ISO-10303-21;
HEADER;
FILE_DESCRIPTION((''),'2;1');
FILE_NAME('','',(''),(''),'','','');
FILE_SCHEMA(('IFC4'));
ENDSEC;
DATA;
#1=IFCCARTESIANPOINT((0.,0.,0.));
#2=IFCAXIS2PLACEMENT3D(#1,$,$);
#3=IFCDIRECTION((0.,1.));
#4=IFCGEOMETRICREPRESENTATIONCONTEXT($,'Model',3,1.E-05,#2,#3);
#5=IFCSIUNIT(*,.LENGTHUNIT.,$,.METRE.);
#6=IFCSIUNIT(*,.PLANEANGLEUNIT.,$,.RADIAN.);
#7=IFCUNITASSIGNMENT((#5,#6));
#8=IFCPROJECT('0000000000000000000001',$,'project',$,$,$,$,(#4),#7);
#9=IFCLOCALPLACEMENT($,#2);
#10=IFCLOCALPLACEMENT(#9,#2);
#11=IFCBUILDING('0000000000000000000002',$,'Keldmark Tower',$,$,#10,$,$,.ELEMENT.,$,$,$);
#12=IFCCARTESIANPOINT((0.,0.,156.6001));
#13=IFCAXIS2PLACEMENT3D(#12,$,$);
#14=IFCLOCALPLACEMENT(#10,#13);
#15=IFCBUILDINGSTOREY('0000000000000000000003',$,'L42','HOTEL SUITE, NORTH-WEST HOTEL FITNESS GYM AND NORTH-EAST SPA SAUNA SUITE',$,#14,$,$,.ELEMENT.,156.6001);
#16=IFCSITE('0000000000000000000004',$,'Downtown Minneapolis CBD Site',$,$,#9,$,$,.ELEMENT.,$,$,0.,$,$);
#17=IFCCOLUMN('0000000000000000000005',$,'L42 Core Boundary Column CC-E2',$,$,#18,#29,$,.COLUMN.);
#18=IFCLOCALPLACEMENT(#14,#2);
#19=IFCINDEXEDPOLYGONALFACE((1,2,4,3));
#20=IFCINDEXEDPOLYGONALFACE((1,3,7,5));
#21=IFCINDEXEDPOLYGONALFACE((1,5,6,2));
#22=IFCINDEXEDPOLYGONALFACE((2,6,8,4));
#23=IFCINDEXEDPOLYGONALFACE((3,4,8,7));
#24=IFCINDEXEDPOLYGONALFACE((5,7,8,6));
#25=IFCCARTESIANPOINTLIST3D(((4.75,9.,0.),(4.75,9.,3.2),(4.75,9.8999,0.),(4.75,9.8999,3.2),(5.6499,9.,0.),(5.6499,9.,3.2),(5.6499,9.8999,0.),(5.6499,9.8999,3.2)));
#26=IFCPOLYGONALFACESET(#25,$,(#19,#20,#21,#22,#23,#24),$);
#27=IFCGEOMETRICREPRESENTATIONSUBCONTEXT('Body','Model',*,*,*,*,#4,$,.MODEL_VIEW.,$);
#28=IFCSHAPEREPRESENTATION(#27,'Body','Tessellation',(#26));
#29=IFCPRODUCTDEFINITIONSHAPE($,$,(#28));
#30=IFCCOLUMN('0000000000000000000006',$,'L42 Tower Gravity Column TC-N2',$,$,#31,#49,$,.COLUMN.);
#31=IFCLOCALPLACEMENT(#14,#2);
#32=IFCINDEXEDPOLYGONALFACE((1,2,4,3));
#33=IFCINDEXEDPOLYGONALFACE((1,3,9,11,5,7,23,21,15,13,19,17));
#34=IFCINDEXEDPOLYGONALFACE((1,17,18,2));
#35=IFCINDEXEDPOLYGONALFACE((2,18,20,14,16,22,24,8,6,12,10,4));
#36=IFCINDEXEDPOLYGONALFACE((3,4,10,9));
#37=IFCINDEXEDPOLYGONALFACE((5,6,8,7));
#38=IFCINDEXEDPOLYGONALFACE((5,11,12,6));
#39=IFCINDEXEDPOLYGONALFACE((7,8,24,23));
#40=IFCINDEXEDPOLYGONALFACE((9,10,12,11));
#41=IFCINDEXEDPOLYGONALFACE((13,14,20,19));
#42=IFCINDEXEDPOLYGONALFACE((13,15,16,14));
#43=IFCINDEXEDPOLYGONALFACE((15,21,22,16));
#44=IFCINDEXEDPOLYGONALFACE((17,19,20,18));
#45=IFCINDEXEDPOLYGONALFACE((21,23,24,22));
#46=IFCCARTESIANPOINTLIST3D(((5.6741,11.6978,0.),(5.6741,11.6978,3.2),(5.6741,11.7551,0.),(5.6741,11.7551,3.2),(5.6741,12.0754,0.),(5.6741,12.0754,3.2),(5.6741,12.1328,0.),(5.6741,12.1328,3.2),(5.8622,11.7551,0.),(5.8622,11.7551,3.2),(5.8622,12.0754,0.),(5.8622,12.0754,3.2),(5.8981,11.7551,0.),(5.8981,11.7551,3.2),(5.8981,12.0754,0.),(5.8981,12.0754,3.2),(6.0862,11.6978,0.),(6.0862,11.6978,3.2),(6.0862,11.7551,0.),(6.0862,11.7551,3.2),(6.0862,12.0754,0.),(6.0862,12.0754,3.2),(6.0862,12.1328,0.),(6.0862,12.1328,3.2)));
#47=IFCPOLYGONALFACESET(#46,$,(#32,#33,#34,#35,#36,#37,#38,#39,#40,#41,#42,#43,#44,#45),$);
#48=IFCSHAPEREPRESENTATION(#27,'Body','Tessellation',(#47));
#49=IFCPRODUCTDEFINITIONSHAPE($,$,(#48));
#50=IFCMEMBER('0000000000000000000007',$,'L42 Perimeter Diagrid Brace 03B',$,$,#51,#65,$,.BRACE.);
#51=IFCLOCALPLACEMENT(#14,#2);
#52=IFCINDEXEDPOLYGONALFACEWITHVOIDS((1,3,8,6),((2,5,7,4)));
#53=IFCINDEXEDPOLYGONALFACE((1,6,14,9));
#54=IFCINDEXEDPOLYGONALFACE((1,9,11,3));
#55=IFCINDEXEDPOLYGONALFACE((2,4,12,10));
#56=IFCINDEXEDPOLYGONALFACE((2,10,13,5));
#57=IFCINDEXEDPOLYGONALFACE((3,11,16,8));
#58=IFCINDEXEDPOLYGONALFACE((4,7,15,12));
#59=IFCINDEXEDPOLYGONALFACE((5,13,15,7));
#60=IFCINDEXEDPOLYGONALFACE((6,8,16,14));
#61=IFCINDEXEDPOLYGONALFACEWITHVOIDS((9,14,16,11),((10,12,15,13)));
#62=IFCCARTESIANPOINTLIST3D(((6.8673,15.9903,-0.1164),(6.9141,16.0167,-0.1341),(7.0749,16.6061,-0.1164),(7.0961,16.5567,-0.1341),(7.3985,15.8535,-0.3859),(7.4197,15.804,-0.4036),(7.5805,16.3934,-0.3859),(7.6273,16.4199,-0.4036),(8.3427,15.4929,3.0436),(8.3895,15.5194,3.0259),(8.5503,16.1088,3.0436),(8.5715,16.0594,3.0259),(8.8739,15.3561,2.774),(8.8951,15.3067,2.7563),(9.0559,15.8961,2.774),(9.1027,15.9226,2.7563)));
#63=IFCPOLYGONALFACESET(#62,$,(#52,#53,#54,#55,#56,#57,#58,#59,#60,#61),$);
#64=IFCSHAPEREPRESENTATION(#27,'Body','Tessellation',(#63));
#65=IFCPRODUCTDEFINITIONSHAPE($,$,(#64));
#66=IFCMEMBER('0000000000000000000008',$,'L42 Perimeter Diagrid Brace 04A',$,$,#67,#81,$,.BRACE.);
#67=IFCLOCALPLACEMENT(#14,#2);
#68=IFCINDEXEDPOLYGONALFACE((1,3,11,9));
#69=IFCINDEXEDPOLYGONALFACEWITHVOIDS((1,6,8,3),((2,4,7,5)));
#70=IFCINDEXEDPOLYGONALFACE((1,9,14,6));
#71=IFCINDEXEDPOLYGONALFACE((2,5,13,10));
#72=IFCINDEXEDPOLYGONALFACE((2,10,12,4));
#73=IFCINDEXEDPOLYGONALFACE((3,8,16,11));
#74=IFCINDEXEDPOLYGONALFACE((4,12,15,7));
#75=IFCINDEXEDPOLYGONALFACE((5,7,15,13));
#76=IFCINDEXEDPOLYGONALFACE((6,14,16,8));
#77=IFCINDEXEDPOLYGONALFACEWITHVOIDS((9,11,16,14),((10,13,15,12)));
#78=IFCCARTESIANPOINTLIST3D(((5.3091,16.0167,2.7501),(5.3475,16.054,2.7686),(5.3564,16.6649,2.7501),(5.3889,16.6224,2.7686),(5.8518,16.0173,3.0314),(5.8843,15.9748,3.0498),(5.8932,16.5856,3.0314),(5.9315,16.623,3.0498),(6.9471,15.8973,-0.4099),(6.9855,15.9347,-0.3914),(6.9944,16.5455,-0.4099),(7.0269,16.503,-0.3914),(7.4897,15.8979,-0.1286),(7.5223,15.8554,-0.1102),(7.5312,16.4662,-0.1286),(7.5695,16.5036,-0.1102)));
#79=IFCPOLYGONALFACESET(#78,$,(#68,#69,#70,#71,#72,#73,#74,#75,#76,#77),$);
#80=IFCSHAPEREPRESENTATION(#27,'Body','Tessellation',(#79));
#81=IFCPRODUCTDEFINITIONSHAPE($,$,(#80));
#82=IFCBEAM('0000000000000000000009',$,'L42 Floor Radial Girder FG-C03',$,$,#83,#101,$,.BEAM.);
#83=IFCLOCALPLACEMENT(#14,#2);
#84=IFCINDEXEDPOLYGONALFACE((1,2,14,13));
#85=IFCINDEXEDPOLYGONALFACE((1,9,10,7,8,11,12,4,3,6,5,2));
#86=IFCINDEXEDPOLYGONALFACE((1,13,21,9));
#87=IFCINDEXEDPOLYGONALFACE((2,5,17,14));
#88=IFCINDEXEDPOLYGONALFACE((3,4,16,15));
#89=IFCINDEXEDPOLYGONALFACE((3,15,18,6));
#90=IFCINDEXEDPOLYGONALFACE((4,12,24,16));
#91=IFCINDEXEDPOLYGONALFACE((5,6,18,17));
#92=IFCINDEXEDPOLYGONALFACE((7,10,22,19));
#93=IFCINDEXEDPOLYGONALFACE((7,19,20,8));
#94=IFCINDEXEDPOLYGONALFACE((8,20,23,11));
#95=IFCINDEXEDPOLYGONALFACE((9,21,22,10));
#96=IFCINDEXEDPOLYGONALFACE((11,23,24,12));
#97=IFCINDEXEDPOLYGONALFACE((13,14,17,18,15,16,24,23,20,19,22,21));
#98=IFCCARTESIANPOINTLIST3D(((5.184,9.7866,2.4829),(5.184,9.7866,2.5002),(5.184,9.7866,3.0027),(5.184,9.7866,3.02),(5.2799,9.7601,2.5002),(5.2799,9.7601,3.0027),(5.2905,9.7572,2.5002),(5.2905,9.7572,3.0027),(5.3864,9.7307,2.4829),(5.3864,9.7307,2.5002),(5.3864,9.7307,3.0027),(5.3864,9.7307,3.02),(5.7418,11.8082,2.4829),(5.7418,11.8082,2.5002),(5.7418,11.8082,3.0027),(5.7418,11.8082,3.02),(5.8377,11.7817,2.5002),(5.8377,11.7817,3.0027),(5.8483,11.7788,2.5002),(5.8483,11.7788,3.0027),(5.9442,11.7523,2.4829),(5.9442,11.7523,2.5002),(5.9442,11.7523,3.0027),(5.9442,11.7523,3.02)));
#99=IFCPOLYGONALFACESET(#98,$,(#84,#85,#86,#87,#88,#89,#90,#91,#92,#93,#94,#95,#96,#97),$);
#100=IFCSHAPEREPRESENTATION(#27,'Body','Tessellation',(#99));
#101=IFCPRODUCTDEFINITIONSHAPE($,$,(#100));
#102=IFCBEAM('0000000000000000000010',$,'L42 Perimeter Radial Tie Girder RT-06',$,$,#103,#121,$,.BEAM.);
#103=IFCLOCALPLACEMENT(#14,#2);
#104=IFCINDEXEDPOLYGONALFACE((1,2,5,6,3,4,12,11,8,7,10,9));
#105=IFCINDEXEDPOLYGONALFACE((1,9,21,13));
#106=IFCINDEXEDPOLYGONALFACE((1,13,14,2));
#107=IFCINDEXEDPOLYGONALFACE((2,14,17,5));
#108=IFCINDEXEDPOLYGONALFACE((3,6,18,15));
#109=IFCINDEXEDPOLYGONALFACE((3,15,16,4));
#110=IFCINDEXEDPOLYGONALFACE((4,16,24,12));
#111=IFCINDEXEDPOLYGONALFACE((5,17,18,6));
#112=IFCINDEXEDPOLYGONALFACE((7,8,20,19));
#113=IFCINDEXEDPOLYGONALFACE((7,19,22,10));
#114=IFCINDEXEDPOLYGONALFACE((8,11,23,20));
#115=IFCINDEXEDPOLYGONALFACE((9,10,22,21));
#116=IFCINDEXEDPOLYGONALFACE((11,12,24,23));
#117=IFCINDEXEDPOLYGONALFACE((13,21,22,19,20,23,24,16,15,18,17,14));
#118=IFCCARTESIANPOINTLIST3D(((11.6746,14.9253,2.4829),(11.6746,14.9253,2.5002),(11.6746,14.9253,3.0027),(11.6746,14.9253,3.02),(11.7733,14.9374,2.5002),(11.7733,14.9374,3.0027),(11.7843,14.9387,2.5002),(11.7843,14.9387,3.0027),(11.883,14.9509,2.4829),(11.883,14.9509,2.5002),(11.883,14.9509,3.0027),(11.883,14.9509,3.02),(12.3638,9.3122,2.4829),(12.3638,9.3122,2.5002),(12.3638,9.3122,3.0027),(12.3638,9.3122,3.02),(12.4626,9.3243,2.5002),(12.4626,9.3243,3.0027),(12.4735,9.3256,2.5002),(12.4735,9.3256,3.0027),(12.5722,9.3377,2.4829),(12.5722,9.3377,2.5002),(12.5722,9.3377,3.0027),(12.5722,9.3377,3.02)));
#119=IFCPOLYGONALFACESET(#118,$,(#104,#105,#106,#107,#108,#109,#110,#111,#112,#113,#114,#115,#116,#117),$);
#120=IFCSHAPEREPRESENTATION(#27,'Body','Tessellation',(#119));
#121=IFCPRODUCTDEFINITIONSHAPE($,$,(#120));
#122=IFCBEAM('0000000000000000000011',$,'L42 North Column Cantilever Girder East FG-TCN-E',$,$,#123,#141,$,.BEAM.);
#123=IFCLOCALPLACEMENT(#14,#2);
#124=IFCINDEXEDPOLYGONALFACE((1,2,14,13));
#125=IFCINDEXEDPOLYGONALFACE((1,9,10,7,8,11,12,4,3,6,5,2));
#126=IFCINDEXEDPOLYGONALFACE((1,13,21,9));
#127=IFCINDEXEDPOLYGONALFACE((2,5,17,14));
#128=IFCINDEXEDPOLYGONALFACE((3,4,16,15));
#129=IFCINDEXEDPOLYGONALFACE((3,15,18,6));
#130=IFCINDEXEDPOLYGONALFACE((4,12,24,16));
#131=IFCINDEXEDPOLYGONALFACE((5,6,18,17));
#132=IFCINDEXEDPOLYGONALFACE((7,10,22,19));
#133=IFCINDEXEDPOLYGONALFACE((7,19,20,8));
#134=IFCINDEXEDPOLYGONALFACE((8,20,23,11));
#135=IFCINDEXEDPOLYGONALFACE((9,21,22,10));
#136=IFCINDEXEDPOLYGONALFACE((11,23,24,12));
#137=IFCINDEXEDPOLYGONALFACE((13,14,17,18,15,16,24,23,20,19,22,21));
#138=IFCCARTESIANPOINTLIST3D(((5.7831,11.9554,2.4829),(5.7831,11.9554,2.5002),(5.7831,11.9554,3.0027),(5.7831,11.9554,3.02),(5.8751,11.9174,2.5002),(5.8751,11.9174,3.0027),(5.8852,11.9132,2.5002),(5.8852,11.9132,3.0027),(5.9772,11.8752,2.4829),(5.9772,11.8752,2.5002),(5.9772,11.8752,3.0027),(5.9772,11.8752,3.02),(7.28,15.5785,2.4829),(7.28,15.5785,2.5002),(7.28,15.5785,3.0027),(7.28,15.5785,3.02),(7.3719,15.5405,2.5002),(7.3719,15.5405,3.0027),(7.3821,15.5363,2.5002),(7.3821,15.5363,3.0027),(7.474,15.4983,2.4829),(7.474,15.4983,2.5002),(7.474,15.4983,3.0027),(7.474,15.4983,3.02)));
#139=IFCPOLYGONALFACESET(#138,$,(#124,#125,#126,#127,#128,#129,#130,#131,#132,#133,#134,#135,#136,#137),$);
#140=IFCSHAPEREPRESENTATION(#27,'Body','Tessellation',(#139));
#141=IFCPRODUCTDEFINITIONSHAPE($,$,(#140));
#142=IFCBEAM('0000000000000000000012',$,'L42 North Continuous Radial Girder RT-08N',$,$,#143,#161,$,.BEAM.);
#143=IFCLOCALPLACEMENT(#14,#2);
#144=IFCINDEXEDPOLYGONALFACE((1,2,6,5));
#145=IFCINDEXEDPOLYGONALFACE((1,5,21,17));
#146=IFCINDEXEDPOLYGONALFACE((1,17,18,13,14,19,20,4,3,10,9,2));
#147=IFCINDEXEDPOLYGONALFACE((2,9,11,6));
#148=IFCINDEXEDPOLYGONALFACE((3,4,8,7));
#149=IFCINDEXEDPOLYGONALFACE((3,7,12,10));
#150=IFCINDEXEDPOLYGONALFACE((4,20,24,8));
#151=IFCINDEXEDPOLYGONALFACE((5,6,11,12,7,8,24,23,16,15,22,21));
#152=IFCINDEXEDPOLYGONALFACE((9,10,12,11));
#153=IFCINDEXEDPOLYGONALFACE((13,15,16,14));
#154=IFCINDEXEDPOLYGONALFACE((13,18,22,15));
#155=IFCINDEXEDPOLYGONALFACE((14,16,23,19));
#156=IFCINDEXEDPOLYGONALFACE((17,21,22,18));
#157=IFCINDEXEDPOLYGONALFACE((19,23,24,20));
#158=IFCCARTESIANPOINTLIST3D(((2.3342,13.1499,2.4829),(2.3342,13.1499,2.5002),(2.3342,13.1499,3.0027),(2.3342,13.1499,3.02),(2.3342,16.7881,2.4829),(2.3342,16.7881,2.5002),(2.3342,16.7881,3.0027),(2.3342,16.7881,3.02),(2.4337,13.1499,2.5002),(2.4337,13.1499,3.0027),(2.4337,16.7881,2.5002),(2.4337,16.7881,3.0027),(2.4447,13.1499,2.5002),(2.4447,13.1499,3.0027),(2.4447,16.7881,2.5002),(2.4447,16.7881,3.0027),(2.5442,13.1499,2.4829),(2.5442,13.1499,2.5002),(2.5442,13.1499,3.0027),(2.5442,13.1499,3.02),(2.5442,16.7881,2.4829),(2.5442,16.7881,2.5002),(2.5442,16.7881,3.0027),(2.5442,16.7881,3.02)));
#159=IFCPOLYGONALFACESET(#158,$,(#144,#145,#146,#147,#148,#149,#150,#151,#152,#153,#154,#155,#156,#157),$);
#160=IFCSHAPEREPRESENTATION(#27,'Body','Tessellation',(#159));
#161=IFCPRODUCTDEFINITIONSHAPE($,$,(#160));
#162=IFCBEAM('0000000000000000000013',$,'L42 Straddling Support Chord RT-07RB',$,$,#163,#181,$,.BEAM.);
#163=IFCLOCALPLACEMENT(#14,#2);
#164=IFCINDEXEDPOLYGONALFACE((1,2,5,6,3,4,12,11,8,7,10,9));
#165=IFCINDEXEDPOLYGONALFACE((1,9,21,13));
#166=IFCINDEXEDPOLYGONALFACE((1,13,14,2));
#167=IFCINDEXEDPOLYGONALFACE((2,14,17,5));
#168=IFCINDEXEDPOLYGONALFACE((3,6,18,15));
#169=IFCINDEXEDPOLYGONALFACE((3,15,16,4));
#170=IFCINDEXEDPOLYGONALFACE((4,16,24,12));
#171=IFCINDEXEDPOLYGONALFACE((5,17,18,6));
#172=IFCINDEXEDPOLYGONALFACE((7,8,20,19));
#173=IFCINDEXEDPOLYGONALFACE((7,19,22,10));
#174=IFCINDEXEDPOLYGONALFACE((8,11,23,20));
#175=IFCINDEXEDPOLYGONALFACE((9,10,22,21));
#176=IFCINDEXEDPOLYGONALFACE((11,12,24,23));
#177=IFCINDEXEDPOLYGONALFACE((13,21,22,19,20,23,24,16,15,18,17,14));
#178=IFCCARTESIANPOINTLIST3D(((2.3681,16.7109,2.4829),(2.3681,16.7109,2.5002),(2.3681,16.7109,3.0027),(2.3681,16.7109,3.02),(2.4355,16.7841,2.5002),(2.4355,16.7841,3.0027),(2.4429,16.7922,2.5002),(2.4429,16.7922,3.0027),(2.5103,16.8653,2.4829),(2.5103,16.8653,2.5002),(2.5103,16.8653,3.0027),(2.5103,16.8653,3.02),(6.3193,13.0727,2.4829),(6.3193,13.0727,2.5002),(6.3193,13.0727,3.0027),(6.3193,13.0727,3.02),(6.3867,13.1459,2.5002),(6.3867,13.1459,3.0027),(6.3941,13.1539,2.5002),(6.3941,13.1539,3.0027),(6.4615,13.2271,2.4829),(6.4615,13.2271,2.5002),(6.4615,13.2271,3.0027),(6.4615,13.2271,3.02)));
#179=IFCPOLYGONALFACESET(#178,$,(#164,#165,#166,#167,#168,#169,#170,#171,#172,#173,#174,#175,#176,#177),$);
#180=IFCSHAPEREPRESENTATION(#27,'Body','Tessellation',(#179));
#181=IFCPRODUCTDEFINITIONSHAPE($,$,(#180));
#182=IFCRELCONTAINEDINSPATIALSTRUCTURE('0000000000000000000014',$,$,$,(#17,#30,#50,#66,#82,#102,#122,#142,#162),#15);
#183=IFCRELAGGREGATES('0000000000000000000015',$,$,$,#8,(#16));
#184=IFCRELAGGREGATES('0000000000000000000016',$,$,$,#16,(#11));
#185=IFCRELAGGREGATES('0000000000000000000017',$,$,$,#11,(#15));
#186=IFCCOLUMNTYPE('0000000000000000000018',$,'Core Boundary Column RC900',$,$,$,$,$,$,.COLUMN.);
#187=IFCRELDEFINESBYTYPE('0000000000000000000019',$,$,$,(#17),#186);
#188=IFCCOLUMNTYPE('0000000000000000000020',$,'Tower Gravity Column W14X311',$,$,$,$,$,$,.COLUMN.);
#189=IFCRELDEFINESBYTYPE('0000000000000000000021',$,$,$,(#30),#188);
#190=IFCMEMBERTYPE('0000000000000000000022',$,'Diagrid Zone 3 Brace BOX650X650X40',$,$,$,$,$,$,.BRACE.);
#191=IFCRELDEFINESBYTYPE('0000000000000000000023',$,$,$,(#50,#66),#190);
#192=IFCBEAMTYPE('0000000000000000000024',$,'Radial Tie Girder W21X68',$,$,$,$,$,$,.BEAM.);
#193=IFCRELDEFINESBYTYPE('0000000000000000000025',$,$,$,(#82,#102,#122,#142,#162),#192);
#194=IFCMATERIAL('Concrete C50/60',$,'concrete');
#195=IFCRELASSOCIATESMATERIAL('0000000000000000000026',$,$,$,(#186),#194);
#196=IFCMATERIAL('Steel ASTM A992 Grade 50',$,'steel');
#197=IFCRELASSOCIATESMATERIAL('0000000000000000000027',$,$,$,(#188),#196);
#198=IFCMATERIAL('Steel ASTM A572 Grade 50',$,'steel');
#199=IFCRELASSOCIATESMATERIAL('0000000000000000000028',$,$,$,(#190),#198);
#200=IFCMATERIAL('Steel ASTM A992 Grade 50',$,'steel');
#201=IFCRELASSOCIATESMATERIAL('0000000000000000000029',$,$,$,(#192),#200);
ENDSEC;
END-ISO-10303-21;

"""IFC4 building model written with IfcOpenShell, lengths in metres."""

from ifc_helpers import new_model, si_unit, direction, frame, origin, origin_2d, place, context, subcontext, project, spatial, rectangle, hollow_rectangle, i_section, extrude, material, material_profile, profile_set, type_object, element, save


model = new_model("IFC4")

# Units and contexts
model_context = context("Model", 3, precision=1e-05, world=origin(), true_north=direction((0.0, 1.0)))
body_context = subcontext(model_context, "Body", "Model", "MODEL_VIEW")
ifc_project = project(units=[si_unit("LENGTHUNIT", "METRE"), si_unit("PLANEANGLEUNIT", "RADIAN")], contexts=[model_context])

# Site, building, storey
site_placement = place(None, origin())
site = spatial("IfcSite", under=ifc_project, at=site_placement, Name="Downtown Minneapolis CBD Site", CompositionType="ELEMENT", RefElevation=0.0)
building_placement = place(site_placement, origin())
building = spatial("IfcBuilding", under=site, at=building_placement, Name="Keldmark Tower", CompositionType="ELEMENT")
storey_placement = place(building_placement, frame((0.0, 0.0, 156.6001)))
storey = spatial("IfcBuildingStorey", under=building, at=storey_placement, Name="L42", Description="HOTEL SUITE, NORTH-WEST HOTEL FITNESS GYM AND NORTH-EAST SPA SAUNA SUITE", CompositionType="ELEMENT", Elevation=156.6001)

# Columns
ifc_material_1 = material(Name="Concrete C50/60", Category="concrete")
ifc_material_profile_1 = material_profile(ifc_material_1, rectangle(XDim=0.8999, YDim=0.8999, at=origin_2d()), Name="RC900X900")
ifc_profile_set_1 = profile_set([ifc_material_profile_1], Name="Concrete C50/60")
column_type_1 = type_object("IfcColumnType", Name="Core Boundary Column RC900", PredefinedType="COLUMN", material=ifc_profile_set_1)
column_1_placement = place(storey_placement, frame((5.2, 9.45, 0.0), z_axis=(0.0, 0.0, 1.0), x_axis=(1.0, 0.0, 0.0)))
element("IfcColumn", 1, at=column_1_placement, inside=storey, type_object=column_type_1, Name="L42 Core Boundary Column CC-E2", PredefinedType="COLUMN", context=body_context, shape_type="SweptSolid", body=[
    extrude(rectangle(XDim=0.8999, YDim=0.8999, at=origin_2d()), origin(), (0.0, 0.0, 1.0), 3.2),
])
ifc_material_2 = material(Name="Steel ASTM A992 Grade 50", Category="steel")
ifc_material_profile_2 = material_profile(ifc_material_2, i_section(OverallWidth=0.4121, OverallDepth=0.4351, WebThickness=0.0359, FlangeThickness=0.0574, at=origin_2d()), Name="W14X311")
ifc_profile_set_2 = profile_set([ifc_material_profile_2], Name="Steel ASTM A992 Grade 50")
column_type_2 = type_object("IfcColumnType", Name="Tower Gravity Column W14X311", PredefinedType="COLUMN", material=ifc_profile_set_2)
column_2_placement = place(storey_placement, frame((5.8801, 11.9153, 0.0), z_axis=(0.0, 0.0, 1.0), x_axis=(1.0, 0.0, 0.0)))
element("IfcColumn", 2, at=column_2_placement, inside=storey, type_object=column_type_2, Name="L42 Tower Gravity Column TC-N2", PredefinedType="COLUMN", context=body_context, shape_type="SweptSolid", body=[
    extrude(i_section(OverallWidth=0.4121, OverallDepth=0.4351, WebThickness=0.0359, FlangeThickness=0.0574, at=origin_2d()), origin(), (0.0, 0.0, 1.0), 3.2),
])

# Members
ifc_material_3 = material(Name="Steel ASTM A572 Grade 50", Category="steel")
ifc_material_profile_3 = material_profile(ifc_material_3, hollow_rectangle(XDim=0.6499, YDim=0.6499, WallThickness=0.04, at=origin_2d()), Name="BOX650X650X40")
ifc_profile_set_3 = profile_set([ifc_material_profile_3], Name="Steel ASTM A572 Grade 50")
member_type = type_object("IfcMemberType", Name="Diagrid Zone 3 Brace BOX650X650X40", PredefinedType="BRACE", material=ifc_profile_set_3)
member_1_placement = place(storey_placement, frame((7.2473, 16.2051, -0.26), z_axis=(0.418817, -0.141177, 0.897029), x_axis=(0.319425, 0.947612, 0.0)))
element("IfcMember", 3, at=member_1_placement, inside=storey, type_object=member_type, Name="L42 Perimeter Diagrid Brace 03B", PredefinedType="BRACE", context=body_context, shape_type="SweptSolid", body=[
    extrude(hollow_rectangle(XDim=0.6499, YDim=0.6499, WallThickness=0.04, at=origin_2d()), origin(), (0.0, 0.0, 1.0), 3.5227),
])
member_2_placement = place(storey_placement, frame((7.2583, 16.2004, -0.26), z_axis=(-0.45994, 0.033524, 0.887317), x_axis=(-0.072694, -0.997354, 0.0)))
element("IfcMember", 4, at=member_2_placement, inside=storey, type_object=member_type, Name="L42 Perimeter Diagrid Brace 04A", PredefinedType="BRACE", context=body_context, shape_type="SweptSolid", body=[
    extrude(hollow_rectangle(XDim=0.6499, YDim=0.6499, WallThickness=0.04, at=origin_2d()), origin(), (0.0, 0.0, 1.0), 3.5613),
])

# Beams
ifc_material_4 = material(Name="Steel ASTM A992 Grade 50", Category="steel")
ifc_material_profile_4 = material_profile(ifc_material_4, i_section(OverallWidth=0.21, OverallDepth=0.5371, WebThickness=0.011, FlangeThickness=0.0173, at=origin_2d()), Name="W21X68")
ifc_profile_set_4 = profile_set([ifc_material_profile_4], Name="Steel ASTM A992 Grade 50")
beam_type_1 = type_object("IfcBeamType", Name="Radial Tie Girder W21X68", PredefinedType="BEAM", material=ifc_profile_set_4)
beam_1_placement = place(storey_placement, frame((5.843, 11.7803, 2.7515), z_axis=(-0.265992, -0.963975, 0.0), x_axis=(0.963975, -0.265992, 0.0)))
element("IfcBeam", 5, at=beam_1_placement, inside=storey, type_object=beam_type_1, Name="L42 Floor Radial Girder FG-C03", PredefinedType="BEAM", context=body_context, shape_type="SweptSolid", body=[
    extrude(i_section(OverallWidth=0.21, OverallDepth=0.5371, WebThickness=0.011, FlangeThickness=0.0173, at=origin_2d()), origin(), (0.0, 0.0, 1.0), 2.0972),
])
beam_2_placement = place(storey_placement, frame((12.468, 9.325, 2.7515), z_axis=(-0.121872, 0.992546, 0.0), x_axis=(-0.992546, -0.121872, 0.0)))
element("IfcBeam", 6, at=beam_2_placement, inside=storey, type_object=beam_type_1, Name="L42 Perimeter Radial Tie Girder RT-06", PredefinedType="BEAM", context=body_context, shape_type="SweptSolid", body=[
    extrude(i_section(OverallWidth=0.21, OverallDepth=0.5371, WebThickness=0.011, FlangeThickness=0.0173, at=origin_2d()), origin(), (0.0, 0.0, 1.0), 5.6553),
])
beam_3_placement = place(storey_placement, frame((5.8801, 11.9153, 2.7515), z_axis=(0.381836, 0.92423, 0.0), x_axis=(-0.92423, 0.381836, 0.0)))
element("IfcBeam", 7, at=beam_3_placement, inside=storey, type_object=beam_type_1, Name="L42 North Column Cantilever Girder East FG-TCN-E", PredefinedType="BEAM", context=body_context, shape_type="SweptSolid", body=[
    extrude(i_section(OverallWidth=0.21, OverallDepth=0.5371, WebThickness=0.011, FlangeThickness=0.0173, at=origin_2d()), origin(), (0.0, 0.0, 1.0), 3.9202),
])
beam_4_placement = place(storey_placement, frame((2.4392, 13.1499, 2.7515), z_axis=(0.0, 1.0, 0.0), x_axis=(-1.0, 0.0, 0.0)))
element("IfcBeam", 8, at=beam_4_placement, inside=storey, type_object=beam_type_1, Name="L42 North Continuous Radial Girder RT-08N", PredefinedType="BEAM", context=body_context, shape_type="SweptSolid", body=[
    extrude(i_section(OverallWidth=0.21, OverallDepth=0.5371, WebThickness=0.011, FlangeThickness=0.0173, at=origin_2d()), origin(), (0.0, 0.0, 1.0), 3.6382),
])
beam_5_placement = place(storey_placement, frame((6.3904, 13.1499, 2.7515), z_axis=(-0.735643, 0.67737, 0.0), x_axis=(-0.67737, -0.735643, 0.0)))
element("IfcBeam", 9, at=beam_5_placement, inside=storey, type_object=beam_type_1, Name="L42 Straddling Support Chord RT-07RB", PredefinedType="BEAM", context=body_context, shape_type="SweptSolid", body=[
    extrude(i_section(OverallWidth=0.21, OverallDepth=0.5371, WebThickness=0.011, FlangeThickness=0.0173, at=origin_2d()), origin(), (0.0, 0.0, 1.0), 5.3711),
])

save(model, "model.ifc")
